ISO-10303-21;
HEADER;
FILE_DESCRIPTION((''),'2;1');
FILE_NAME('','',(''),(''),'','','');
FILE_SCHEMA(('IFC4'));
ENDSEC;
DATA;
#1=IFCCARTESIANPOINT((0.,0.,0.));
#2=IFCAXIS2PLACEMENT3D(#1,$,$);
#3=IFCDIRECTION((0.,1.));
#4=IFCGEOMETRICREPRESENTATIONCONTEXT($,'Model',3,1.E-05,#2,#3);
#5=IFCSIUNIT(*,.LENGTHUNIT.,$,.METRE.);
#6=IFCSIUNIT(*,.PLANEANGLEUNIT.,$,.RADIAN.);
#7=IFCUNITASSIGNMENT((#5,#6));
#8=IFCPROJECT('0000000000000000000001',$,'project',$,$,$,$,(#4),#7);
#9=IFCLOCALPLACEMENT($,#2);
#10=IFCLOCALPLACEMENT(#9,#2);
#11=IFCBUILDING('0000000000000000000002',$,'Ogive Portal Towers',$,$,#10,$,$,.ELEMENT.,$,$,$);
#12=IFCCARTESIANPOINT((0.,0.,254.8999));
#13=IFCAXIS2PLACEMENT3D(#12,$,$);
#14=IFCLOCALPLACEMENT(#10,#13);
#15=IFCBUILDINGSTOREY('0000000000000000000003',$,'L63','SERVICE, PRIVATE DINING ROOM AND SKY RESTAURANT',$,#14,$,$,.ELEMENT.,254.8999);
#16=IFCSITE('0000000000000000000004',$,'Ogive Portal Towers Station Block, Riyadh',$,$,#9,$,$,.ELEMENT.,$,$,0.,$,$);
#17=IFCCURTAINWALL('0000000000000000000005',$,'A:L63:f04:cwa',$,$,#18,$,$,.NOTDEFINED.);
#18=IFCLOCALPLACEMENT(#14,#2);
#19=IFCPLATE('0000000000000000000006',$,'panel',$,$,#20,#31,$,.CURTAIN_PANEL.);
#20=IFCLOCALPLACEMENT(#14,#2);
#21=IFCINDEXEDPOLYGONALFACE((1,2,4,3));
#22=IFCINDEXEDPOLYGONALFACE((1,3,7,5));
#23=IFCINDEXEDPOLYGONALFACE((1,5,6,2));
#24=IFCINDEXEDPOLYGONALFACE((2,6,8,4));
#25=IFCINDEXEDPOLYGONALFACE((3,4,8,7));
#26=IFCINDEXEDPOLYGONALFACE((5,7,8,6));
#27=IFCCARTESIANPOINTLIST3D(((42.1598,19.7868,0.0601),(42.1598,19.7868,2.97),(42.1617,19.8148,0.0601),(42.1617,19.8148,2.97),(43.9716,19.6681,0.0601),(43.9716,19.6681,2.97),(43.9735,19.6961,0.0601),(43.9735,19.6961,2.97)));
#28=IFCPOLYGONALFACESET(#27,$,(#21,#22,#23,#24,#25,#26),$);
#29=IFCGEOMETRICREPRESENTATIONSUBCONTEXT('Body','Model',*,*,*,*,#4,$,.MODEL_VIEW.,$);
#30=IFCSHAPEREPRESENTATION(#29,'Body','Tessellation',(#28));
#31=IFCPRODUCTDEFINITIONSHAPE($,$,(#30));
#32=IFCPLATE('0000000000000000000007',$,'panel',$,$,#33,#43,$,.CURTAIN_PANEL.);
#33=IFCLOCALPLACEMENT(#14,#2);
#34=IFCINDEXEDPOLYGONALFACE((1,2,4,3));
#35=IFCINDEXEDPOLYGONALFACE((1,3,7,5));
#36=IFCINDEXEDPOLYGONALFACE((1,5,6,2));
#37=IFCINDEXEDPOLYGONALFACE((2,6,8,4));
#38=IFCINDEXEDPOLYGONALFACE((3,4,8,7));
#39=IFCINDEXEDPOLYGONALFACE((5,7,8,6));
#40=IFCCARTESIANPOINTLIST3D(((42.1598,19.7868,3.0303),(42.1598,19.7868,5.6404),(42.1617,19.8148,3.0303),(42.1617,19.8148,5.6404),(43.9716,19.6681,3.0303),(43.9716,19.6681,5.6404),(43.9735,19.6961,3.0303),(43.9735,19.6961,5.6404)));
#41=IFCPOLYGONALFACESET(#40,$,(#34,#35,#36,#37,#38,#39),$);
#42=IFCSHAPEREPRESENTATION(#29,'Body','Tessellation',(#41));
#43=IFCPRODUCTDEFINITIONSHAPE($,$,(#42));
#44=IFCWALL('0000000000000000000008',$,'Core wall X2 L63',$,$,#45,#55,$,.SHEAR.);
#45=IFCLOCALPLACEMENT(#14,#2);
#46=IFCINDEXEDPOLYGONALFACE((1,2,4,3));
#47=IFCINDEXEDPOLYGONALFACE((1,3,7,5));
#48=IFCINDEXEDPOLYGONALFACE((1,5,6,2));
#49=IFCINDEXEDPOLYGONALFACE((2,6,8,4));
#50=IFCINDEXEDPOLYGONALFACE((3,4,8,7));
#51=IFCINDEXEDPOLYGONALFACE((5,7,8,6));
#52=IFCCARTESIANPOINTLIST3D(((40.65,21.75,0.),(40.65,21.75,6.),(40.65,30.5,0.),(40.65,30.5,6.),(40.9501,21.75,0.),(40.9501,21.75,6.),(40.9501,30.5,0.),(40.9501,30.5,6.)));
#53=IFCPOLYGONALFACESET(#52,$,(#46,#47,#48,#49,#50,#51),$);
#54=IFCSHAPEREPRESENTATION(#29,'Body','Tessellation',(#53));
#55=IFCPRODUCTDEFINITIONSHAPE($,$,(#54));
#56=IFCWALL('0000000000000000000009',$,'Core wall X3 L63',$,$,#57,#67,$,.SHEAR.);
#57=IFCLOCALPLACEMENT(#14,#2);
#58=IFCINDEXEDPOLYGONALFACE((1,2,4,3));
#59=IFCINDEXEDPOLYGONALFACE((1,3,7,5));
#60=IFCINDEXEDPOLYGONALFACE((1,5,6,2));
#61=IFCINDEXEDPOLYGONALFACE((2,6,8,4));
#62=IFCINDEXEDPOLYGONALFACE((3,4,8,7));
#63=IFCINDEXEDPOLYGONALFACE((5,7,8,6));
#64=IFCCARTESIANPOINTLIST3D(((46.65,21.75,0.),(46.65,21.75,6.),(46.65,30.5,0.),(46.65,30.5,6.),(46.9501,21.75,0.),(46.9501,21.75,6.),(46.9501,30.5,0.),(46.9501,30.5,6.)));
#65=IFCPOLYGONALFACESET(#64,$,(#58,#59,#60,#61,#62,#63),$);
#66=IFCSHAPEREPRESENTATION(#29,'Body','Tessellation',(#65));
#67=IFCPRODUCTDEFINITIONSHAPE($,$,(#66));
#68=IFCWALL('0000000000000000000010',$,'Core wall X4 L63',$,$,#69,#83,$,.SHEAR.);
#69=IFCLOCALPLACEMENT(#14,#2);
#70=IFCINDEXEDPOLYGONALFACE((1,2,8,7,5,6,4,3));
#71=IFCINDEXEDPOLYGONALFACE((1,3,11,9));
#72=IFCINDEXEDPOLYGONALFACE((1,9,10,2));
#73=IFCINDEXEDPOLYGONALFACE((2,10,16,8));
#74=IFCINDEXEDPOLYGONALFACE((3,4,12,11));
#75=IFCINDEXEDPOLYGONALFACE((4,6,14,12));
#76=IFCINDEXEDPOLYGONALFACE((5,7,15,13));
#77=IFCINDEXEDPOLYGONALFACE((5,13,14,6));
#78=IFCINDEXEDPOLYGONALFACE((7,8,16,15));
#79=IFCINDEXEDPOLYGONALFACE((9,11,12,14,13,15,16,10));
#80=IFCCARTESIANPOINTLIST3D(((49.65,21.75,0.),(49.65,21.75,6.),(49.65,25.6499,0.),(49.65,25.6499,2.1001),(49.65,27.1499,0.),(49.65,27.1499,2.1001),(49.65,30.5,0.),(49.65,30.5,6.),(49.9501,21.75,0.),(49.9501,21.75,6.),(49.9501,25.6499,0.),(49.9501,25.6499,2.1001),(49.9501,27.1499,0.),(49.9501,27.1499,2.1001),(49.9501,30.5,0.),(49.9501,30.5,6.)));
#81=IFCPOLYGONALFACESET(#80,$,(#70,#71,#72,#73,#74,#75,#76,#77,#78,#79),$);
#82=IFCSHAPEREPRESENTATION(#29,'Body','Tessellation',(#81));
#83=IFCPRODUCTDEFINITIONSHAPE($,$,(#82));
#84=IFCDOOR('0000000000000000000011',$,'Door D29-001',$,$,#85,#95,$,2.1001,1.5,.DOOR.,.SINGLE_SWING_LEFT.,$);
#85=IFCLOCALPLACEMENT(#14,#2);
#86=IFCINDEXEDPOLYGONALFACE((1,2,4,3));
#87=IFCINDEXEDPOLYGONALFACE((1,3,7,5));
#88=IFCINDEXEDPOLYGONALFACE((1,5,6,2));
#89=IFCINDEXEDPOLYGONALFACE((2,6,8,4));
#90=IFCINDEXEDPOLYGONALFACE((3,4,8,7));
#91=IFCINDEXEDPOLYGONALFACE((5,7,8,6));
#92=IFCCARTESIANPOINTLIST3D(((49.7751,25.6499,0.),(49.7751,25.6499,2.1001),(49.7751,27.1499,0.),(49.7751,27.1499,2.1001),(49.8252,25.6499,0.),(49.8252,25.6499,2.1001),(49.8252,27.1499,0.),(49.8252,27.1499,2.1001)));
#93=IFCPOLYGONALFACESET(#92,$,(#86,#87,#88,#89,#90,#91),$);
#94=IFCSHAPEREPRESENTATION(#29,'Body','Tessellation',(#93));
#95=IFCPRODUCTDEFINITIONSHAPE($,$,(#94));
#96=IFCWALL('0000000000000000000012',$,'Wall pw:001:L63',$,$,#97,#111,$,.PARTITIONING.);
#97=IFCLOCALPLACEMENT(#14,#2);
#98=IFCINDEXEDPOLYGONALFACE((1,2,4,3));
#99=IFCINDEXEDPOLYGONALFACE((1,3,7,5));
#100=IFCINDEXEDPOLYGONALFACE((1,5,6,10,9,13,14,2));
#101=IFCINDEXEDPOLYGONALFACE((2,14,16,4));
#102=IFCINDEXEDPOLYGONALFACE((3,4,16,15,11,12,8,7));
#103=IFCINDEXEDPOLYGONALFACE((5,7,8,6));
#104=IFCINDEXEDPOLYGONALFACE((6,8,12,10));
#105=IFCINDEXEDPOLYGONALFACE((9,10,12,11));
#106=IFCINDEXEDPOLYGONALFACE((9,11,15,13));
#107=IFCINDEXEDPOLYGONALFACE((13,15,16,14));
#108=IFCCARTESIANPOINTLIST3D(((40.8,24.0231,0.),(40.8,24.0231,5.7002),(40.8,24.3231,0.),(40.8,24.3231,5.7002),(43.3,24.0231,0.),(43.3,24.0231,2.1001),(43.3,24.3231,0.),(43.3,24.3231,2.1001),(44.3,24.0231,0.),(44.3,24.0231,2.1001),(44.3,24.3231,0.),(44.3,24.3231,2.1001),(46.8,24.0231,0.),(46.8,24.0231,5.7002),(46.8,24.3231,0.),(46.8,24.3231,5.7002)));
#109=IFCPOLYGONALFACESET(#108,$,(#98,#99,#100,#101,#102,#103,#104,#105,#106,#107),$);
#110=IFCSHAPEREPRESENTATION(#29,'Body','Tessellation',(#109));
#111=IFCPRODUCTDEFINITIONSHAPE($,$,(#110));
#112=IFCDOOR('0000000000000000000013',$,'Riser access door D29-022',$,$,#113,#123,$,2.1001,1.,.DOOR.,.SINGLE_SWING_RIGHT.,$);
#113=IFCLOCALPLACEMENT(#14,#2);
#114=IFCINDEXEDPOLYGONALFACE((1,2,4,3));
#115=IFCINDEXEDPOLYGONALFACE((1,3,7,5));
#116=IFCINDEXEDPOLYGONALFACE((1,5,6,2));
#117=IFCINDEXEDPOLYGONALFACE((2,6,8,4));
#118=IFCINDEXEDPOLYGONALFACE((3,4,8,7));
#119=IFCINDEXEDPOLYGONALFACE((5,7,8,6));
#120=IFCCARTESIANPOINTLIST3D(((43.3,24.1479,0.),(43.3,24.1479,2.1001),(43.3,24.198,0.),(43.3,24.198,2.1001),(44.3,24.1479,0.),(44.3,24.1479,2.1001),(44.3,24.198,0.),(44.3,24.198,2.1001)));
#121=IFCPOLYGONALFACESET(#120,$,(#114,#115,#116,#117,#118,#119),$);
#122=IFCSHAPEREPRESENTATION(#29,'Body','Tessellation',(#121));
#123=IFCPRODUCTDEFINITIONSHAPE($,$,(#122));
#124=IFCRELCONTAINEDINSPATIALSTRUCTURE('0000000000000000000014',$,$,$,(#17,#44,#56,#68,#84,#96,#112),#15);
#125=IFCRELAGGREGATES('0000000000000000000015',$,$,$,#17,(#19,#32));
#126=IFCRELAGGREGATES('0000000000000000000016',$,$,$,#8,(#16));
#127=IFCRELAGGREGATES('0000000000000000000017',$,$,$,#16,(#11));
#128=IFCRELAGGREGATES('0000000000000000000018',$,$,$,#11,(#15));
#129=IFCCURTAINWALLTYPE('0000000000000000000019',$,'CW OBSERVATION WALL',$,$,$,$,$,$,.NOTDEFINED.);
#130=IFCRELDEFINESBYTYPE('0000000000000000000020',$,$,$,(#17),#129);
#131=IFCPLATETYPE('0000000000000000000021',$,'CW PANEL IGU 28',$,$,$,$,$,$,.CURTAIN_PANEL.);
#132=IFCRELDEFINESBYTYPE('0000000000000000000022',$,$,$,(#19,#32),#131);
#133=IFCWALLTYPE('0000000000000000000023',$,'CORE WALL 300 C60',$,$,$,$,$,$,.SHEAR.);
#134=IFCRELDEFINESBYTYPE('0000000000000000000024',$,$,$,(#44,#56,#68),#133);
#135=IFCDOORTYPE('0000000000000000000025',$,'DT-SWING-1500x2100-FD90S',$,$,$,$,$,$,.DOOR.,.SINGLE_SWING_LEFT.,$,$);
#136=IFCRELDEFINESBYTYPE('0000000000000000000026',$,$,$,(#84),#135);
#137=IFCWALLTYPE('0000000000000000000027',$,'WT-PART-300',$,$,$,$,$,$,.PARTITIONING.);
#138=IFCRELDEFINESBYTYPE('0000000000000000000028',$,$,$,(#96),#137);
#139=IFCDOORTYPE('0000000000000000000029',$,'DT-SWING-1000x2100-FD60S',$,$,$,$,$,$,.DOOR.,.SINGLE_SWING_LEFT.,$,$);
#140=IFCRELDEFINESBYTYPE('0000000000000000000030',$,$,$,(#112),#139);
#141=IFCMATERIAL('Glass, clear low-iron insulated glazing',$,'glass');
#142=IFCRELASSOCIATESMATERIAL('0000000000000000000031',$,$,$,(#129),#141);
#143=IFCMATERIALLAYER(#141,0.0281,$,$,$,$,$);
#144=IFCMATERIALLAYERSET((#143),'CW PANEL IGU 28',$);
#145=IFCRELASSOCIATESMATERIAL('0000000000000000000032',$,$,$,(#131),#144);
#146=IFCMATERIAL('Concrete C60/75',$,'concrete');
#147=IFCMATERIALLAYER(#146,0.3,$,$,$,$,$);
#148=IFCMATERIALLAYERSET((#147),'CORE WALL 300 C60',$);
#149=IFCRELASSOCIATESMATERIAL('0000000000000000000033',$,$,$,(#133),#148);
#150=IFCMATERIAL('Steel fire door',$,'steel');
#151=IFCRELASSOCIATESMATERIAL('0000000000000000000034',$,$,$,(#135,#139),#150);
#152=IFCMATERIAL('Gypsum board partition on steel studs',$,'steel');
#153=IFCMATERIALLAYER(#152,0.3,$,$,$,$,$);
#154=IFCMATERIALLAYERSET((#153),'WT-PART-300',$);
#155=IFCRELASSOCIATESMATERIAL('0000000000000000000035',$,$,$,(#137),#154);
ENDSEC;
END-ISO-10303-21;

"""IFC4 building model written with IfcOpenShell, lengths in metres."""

from ifc_helpers import new_model, si_unit, direction, frame, frame_2d, origin, origin_2d, place, context, subcontext, project, spatial, rectangle, extrude, material, layer, layer_set, type_object, element, fill, aggregate, save


model = new_model("IFC4")

# Units and contexts
model_context = context("Model", 3, precision=1e-05, world=origin(), true_north=direction((0.0, 1.0)))
body_context = subcontext(model_context, "Body", "Model", "MODEL_VIEW")
ifc_project = project(units=[si_unit("LENGTHUNIT", "METRE"), si_unit("PLANEANGLEUNIT", "RADIAN")], contexts=[model_context])

# Site, building, storey
site_placement = place(None, origin())
site = spatial("IfcSite", under=ifc_project, at=site_placement, Name="Ogive Portal Towers Station Block, Riyadh", CompositionType="ELEMENT", RefElevation=0.0)
building_placement = place(site_placement, origin())
building = spatial("IfcBuilding", under=site, at=building_placement, Name="Ogive Portal Towers", CompositionType="ELEMENT")
storey_placement = place(building_placement, frame((0.0, 0.0, 254.8999)))
storey = spatial("IfcBuildingStorey", under=building, at=storey_placement, Name="L63", Description="SERVICE, PRIVATE DINING ROOM AND SKY RESTAURANT", CompositionType="ELEMENT", Elevation=254.8999)

# Curtain wall
ifc_material_1 = material(Name="Glass, clear low-iron insulated glazing", Category="glass")
curtain_wall_type = type_object("IfcCurtainWallType", Name="CW OBSERVATION WALL", PredefinedType="NOTDEFINED", material=ifc_material_1)
curtain_wall_1_placement = place(storey_placement, origin())
curtain_wall_1 = element("IfcCurtainWall", 1, at=curtain_wall_1_placement, inside=storey, type_object=curtain_wall_type, Name="A:L63:f04:cwa", PredefinedType="NOTDEFINED")

# Plates
ifc_layer_1 = layer(ifc_material_1, 0.0281)
ifc_layer_set_1 = layer_set([ifc_layer_1], Name="CW PANEL IGU 28")
plate_type = type_object("IfcPlateType", Name="CW PANEL IGU 28", PredefinedType="CURTAIN_PANEL", material=ifc_layer_set_1)
plate_1_placement = place(storey_placement, frame((43.0667, 19.7415, 0.0601), z_axis=(0.0, 0.0, 1.0), x_axis=(0.997859, -0.065403, 0.0)))
plate_1 = element("IfcPlate", 2, at=plate_1_placement, type_object=plate_type, Name="panel", PredefinedType="CURTAIN_PANEL", context=body_context, shape_type="SweptSolid", body=[
    extrude(rectangle(XDim=1.8157, YDim=0.0281, at=origin_2d()), origin(), (0.0, 0.0, 1.0), 2.9099),
])
plate_2_placement = place(storey_placement, frame((43.0667, 19.7415, 3.0303), z_axis=(0.0, 0.0, 1.0), x_axis=(0.997859, -0.065403, 0.0)))
plate_2 = element("IfcPlate", 3, at=plate_2_placement, type_object=plate_type, Name="panel", PredefinedType="CURTAIN_PANEL", context=body_context, shape_type="SweptSolid", body=[
    extrude(rectangle(XDim=1.8157, YDim=0.0281, at=origin_2d()), origin(), (0.0, 0.0, 1.0), 2.6101),
])
aggregate(curtain_wall_1, [plate_1, plate_2])

# Walls
ifc_material_2 = material(Name="Concrete C60/75", Category="concrete")
ifc_layer_2 = layer(ifc_material_2, 0.3)
ifc_layer_set_2 = layer_set([ifc_layer_2], Name="CORE WALL 300 C60")
wall_type_1 = type_object("IfcWallType", Name="CORE WALL 300 C60", PredefinedType="SHEAR", material=ifc_layer_set_2)
for number, where, z_axis, x_axis, name in (
    (4, (40.8, 21.75, 0.0), (0.0, 0.0, 1.0), (0.0, 1.0, 0.0), "Core wall X2 L63"),
    (5, (46.8, 21.75, 0.0), (0.0, 0.0, 1.0), (0.0, 1.0, 0.0), "Core wall X3 L63"),
):
    element("IfcWall", number, at=place(storey_placement, frame(where, z_axis=z_axis, x_axis=x_axis)), inside=storey, type_object=wall_type_1, Name=name, PredefinedType="SHEAR", context=body_context, shape_type="SweptSolid", body=[
        extrude(rectangle(XDim=8.75, YDim=0.3, at=frame_2d((4.375, 0.0))), origin(), (0.0, 0.0, 1.0), 6.0),
    ])

# Walls, openings, doors
wall_1_placement = place(storey_placement, frame((49.8, 21.75, 0.0), z_axis=(0.0, 0.0, 1.0), x_axis=(0.0, 1.0, 0.0)))
wall_1 = element("IfcWall", 6, at=wall_1_placement, inside=storey, type_object=wall_type_1, Name="Core wall X4 L63", PredefinedType="SHEAR", context=body_context, shape_type="SweptSolid", body=[
    extrude(rectangle(XDim=8.75, YDim=0.3, at=frame_2d((4.375, 0.0))), origin(), (0.0, 0.0, 1.0), 6.0),
])
opening_1_placement = place(wall_1_placement, frame((3.8999, 0.0, 0.0)))
opening_1 = element("IfcOpeningElement", 7, at=opening_1_placement, cuts=wall_1, PredefinedType="OPENING", context=body_context, shape_type="SweptSolid", body=[
    extrude(rectangle(XDim=1.5, YDim=2.1001, at=frame_2d((0.75, 1.05))), frame((0.0, 0.1602, 0.0), z_axis=(0.0, -1.0, 0.0), x_axis=(1.0, 0.0, 0.0)), (0.0, 0.0, 1.0), 0.3201),
])
ifc_material_3 = material(Name="Steel fire door", Category="steel")
door_type_1 = type_object("IfcDoorType", Name="DT-SWING-1500x2100-FD90S", OperationType="SINGLE_SWING_LEFT", PredefinedType="DOOR", material=ifc_material_3)
door_1_placement = place(opening_1_placement, origin())
door_1 = element("IfcDoor", 8, at=door_1_placement, inside=storey, type_object=door_type_1, Name="Door D29-001", OperationType="SINGLE_SWING_LEFT", OverallHeight=2.1001, OverallWidth=1.5, PredefinedType="DOOR", context=body_context, shape_type="SweptSolid", body=[
    extrude(rectangle(XDim=1.5, YDim=2.1001, at=frame_2d((0.75, 1.05))), frame((0.0, 0.0249, 0.0), z_axis=(0.0, -1.0, 0.0), x_axis=(1.0, 0.0, 0.0)), (0.0, 0.0, 1.0), 0.05),
])
fill(opening_1, door_1)
ifc_material_4 = material(Name="Gypsum board partition on steel studs", Category="steel")
ifc_layer_3 = layer(ifc_material_4, 0.3)
ifc_layer_set_3 = layer_set([ifc_layer_3], Name="WT-PART-300")
wall_type_2 = type_object("IfcWallType", Name="WT-PART-300", PredefinedType="PARTITIONING", material=ifc_layer_set_3)
wall_2_placement = place(storey_placement, frame((40.8, 24.1731, 0.0), z_axis=(0.0, 0.0, 1.0), x_axis=(1.0, 0.0, 0.0)))
wall_2 = element("IfcWall", 9, at=wall_2_placement, inside=storey, type_object=wall_type_2, Name="Wall pw:001:L63", PredefinedType="PARTITIONING", context=body_context, shape_type="SweptSolid", body=[
    extrude(rectangle(XDim=6.0, YDim=0.3, at=frame_2d((3.0, 0.0))), origin(), (0.0, 0.0, 1.0), 5.7002),
])
opening_2_placement = place(wall_2_placement, frame((2.5, 0.0, 0.0)))
opening_2 = element("IfcOpeningElement", 10, at=opening_2_placement, cuts=wall_2, PredefinedType="OPENING", context=body_context, shape_type="SweptSolid", body=[
    extrude(rectangle(XDim=1.0, YDim=2.1001, at=frame_2d((0.5, 1.05))), frame((0.0, 0.1602, 0.0), z_axis=(0.0, -1.0, 0.0), x_axis=(1.0, 0.0, 0.0)), (0.0, 0.0, 1.0), 0.3201),
])
door_type_2 = type_object("IfcDoorType", Name="DT-SWING-1000x2100-FD60S", OperationType="SINGLE_SWING_LEFT", PredefinedType="DOOR", material=ifc_material_3)
door_2_placement = place(opening_2_placement, origin())
door_2 = element("IfcDoor", 11, at=door_2_placement, inside=storey, type_object=door_type_2, Name="Riser access door D29-022", OperationType="SINGLE_SWING_RIGHT", OverallHeight=2.1001, OverallWidth=1.0, PredefinedType="DOOR", context=body_context, shape_type="SweptSolid", body=[
    extrude(rectangle(XDim=1.0, YDim=2.1001, at=frame_2d((0.5, 1.05))), frame((0.0, 0.0249, 0.0), z_axis=(0.0, -1.0, 0.0), x_axis=(1.0, 0.0, 0.0)), (0.0, 0.0, 1.0), 0.05),
])
fill(opening_2, door_2)

save(model, "model.ifc")
